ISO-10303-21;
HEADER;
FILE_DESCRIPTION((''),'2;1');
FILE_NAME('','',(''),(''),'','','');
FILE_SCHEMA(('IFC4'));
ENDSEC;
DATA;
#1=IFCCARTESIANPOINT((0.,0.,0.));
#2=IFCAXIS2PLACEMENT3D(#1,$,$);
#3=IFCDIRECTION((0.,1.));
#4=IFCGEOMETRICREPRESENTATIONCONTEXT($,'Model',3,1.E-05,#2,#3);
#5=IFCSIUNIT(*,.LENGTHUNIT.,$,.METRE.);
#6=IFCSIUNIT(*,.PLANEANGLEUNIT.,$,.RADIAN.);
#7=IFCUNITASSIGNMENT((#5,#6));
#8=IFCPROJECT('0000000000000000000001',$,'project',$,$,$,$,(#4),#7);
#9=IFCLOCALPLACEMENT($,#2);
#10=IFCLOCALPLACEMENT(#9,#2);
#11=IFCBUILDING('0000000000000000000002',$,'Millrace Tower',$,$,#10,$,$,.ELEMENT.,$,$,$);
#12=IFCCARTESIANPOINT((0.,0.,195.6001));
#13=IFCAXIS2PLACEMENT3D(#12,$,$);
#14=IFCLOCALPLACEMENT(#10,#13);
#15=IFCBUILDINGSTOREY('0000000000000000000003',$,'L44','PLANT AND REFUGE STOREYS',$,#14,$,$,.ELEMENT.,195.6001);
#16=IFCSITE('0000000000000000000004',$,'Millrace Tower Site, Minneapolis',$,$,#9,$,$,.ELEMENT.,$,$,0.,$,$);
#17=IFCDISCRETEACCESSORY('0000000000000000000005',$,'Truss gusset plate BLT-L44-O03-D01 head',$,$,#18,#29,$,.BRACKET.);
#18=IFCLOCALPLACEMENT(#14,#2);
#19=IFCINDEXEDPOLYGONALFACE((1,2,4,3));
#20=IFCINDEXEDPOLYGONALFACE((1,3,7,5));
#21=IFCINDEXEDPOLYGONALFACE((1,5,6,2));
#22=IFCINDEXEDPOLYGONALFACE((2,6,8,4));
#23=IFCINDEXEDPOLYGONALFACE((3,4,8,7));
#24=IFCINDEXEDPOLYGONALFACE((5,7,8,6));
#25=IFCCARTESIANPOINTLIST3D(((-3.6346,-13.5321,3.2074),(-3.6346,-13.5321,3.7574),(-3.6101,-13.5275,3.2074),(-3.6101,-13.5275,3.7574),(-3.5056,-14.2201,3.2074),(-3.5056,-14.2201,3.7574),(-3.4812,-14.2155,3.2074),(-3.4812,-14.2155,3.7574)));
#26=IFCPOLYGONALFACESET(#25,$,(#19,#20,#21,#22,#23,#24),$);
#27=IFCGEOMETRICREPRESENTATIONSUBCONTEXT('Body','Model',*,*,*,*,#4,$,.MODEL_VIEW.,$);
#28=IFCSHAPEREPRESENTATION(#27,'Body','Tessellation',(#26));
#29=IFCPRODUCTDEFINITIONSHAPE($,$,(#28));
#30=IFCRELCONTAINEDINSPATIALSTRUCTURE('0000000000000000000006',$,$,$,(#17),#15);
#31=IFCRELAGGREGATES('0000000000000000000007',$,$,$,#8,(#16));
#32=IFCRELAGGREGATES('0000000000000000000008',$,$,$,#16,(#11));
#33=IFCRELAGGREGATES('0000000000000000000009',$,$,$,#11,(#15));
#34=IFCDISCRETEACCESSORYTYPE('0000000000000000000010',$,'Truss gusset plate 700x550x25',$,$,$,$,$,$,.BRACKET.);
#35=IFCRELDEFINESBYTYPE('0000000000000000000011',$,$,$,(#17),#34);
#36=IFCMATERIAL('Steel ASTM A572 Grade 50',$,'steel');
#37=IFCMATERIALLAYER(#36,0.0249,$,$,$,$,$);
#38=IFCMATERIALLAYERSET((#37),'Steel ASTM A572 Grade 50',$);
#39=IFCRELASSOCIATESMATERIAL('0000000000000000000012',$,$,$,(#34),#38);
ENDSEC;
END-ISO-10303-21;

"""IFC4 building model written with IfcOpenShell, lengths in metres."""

from ifc_helpers import new_model, si_unit, direction, frame, origin, origin_2d, place, context, subcontext, project, spatial, rectangle, extrude, material, layer, layer_set, type_object, element, save


model = new_model("IFC4")

# Units and contexts
model_context = context("Model", 3, precision=1e-05, world=origin(), true_north=direction((0.0, 1.0)))
body_context = subcontext(model_context, "Body", "Model", "MODEL_VIEW")
ifc_project = project(units=[si_unit("LENGTHUNIT", "METRE"), si_unit("PLANEANGLEUNIT", "RADIAN")], contexts=[model_context])

# Site, building, storey
site_placement = place(None, origin())
site = spatial("IfcSite", under=ifc_project, at=site_placement, Name="Millrace Tower Site, Minneapolis", CompositionType="ELEMENT", RefElevation=0.0)
building_placement = place(site_placement, origin())
building = spatial("IfcBuilding", under=site, at=building_placement, Name="Millrace Tower", CompositionType="ELEMENT")
storey_placement = place(building_placement, frame((0.0, 0.0, 195.6001)))
storey = spatial("IfcBuildingStorey", under=building, at=storey_placement, Name="L44", Description="PLANT AND REFUGE STOREYS", CompositionType="ELEMENT", Elevation=195.6001)

# Discrete accessory
ifc_material_1 = material(Name="Steel ASTM A572 Grade 50", Category="steel")
ifc_layer_1 = layer(ifc_material_1, 0.0249)
ifc_layer_set_1 = layer_set([ifc_layer_1], Name="Steel ASTM A572 Grade 50")
discrete_accessory_type_1 = type_object("IfcDiscreteAccessoryType", Name="Truss gusset plate 700x550x25", PredefinedType="BRACKET", material=ifc_layer_set_1)
for number, where, z_axis, x_axis, name in (
    (1, (-3.6223, -13.5298, 3.4824), (0.184162, -0.982896, 0.0), (0.982896, 0.184162, 0.0), "Truss gusset plate BLT-L44-O03-D01 head"),
):
    element("IfcDiscreteAccessory", number, at=place(storey_placement, frame(where, z_axis=z_axis, x_axis=x_axis)), inside=storey, type_object=discrete_accessory_type_1, Name=name, PredefinedType="BRACKET", context=body_context, shape_type="SweptSolid", body=[
        extrude(rectangle(XDim=0.0249, YDim=0.55, at=origin_2d()), origin(), (0.0, 0.0, 1.0), 0.7),
    ])

save(model, "model.ifc")
